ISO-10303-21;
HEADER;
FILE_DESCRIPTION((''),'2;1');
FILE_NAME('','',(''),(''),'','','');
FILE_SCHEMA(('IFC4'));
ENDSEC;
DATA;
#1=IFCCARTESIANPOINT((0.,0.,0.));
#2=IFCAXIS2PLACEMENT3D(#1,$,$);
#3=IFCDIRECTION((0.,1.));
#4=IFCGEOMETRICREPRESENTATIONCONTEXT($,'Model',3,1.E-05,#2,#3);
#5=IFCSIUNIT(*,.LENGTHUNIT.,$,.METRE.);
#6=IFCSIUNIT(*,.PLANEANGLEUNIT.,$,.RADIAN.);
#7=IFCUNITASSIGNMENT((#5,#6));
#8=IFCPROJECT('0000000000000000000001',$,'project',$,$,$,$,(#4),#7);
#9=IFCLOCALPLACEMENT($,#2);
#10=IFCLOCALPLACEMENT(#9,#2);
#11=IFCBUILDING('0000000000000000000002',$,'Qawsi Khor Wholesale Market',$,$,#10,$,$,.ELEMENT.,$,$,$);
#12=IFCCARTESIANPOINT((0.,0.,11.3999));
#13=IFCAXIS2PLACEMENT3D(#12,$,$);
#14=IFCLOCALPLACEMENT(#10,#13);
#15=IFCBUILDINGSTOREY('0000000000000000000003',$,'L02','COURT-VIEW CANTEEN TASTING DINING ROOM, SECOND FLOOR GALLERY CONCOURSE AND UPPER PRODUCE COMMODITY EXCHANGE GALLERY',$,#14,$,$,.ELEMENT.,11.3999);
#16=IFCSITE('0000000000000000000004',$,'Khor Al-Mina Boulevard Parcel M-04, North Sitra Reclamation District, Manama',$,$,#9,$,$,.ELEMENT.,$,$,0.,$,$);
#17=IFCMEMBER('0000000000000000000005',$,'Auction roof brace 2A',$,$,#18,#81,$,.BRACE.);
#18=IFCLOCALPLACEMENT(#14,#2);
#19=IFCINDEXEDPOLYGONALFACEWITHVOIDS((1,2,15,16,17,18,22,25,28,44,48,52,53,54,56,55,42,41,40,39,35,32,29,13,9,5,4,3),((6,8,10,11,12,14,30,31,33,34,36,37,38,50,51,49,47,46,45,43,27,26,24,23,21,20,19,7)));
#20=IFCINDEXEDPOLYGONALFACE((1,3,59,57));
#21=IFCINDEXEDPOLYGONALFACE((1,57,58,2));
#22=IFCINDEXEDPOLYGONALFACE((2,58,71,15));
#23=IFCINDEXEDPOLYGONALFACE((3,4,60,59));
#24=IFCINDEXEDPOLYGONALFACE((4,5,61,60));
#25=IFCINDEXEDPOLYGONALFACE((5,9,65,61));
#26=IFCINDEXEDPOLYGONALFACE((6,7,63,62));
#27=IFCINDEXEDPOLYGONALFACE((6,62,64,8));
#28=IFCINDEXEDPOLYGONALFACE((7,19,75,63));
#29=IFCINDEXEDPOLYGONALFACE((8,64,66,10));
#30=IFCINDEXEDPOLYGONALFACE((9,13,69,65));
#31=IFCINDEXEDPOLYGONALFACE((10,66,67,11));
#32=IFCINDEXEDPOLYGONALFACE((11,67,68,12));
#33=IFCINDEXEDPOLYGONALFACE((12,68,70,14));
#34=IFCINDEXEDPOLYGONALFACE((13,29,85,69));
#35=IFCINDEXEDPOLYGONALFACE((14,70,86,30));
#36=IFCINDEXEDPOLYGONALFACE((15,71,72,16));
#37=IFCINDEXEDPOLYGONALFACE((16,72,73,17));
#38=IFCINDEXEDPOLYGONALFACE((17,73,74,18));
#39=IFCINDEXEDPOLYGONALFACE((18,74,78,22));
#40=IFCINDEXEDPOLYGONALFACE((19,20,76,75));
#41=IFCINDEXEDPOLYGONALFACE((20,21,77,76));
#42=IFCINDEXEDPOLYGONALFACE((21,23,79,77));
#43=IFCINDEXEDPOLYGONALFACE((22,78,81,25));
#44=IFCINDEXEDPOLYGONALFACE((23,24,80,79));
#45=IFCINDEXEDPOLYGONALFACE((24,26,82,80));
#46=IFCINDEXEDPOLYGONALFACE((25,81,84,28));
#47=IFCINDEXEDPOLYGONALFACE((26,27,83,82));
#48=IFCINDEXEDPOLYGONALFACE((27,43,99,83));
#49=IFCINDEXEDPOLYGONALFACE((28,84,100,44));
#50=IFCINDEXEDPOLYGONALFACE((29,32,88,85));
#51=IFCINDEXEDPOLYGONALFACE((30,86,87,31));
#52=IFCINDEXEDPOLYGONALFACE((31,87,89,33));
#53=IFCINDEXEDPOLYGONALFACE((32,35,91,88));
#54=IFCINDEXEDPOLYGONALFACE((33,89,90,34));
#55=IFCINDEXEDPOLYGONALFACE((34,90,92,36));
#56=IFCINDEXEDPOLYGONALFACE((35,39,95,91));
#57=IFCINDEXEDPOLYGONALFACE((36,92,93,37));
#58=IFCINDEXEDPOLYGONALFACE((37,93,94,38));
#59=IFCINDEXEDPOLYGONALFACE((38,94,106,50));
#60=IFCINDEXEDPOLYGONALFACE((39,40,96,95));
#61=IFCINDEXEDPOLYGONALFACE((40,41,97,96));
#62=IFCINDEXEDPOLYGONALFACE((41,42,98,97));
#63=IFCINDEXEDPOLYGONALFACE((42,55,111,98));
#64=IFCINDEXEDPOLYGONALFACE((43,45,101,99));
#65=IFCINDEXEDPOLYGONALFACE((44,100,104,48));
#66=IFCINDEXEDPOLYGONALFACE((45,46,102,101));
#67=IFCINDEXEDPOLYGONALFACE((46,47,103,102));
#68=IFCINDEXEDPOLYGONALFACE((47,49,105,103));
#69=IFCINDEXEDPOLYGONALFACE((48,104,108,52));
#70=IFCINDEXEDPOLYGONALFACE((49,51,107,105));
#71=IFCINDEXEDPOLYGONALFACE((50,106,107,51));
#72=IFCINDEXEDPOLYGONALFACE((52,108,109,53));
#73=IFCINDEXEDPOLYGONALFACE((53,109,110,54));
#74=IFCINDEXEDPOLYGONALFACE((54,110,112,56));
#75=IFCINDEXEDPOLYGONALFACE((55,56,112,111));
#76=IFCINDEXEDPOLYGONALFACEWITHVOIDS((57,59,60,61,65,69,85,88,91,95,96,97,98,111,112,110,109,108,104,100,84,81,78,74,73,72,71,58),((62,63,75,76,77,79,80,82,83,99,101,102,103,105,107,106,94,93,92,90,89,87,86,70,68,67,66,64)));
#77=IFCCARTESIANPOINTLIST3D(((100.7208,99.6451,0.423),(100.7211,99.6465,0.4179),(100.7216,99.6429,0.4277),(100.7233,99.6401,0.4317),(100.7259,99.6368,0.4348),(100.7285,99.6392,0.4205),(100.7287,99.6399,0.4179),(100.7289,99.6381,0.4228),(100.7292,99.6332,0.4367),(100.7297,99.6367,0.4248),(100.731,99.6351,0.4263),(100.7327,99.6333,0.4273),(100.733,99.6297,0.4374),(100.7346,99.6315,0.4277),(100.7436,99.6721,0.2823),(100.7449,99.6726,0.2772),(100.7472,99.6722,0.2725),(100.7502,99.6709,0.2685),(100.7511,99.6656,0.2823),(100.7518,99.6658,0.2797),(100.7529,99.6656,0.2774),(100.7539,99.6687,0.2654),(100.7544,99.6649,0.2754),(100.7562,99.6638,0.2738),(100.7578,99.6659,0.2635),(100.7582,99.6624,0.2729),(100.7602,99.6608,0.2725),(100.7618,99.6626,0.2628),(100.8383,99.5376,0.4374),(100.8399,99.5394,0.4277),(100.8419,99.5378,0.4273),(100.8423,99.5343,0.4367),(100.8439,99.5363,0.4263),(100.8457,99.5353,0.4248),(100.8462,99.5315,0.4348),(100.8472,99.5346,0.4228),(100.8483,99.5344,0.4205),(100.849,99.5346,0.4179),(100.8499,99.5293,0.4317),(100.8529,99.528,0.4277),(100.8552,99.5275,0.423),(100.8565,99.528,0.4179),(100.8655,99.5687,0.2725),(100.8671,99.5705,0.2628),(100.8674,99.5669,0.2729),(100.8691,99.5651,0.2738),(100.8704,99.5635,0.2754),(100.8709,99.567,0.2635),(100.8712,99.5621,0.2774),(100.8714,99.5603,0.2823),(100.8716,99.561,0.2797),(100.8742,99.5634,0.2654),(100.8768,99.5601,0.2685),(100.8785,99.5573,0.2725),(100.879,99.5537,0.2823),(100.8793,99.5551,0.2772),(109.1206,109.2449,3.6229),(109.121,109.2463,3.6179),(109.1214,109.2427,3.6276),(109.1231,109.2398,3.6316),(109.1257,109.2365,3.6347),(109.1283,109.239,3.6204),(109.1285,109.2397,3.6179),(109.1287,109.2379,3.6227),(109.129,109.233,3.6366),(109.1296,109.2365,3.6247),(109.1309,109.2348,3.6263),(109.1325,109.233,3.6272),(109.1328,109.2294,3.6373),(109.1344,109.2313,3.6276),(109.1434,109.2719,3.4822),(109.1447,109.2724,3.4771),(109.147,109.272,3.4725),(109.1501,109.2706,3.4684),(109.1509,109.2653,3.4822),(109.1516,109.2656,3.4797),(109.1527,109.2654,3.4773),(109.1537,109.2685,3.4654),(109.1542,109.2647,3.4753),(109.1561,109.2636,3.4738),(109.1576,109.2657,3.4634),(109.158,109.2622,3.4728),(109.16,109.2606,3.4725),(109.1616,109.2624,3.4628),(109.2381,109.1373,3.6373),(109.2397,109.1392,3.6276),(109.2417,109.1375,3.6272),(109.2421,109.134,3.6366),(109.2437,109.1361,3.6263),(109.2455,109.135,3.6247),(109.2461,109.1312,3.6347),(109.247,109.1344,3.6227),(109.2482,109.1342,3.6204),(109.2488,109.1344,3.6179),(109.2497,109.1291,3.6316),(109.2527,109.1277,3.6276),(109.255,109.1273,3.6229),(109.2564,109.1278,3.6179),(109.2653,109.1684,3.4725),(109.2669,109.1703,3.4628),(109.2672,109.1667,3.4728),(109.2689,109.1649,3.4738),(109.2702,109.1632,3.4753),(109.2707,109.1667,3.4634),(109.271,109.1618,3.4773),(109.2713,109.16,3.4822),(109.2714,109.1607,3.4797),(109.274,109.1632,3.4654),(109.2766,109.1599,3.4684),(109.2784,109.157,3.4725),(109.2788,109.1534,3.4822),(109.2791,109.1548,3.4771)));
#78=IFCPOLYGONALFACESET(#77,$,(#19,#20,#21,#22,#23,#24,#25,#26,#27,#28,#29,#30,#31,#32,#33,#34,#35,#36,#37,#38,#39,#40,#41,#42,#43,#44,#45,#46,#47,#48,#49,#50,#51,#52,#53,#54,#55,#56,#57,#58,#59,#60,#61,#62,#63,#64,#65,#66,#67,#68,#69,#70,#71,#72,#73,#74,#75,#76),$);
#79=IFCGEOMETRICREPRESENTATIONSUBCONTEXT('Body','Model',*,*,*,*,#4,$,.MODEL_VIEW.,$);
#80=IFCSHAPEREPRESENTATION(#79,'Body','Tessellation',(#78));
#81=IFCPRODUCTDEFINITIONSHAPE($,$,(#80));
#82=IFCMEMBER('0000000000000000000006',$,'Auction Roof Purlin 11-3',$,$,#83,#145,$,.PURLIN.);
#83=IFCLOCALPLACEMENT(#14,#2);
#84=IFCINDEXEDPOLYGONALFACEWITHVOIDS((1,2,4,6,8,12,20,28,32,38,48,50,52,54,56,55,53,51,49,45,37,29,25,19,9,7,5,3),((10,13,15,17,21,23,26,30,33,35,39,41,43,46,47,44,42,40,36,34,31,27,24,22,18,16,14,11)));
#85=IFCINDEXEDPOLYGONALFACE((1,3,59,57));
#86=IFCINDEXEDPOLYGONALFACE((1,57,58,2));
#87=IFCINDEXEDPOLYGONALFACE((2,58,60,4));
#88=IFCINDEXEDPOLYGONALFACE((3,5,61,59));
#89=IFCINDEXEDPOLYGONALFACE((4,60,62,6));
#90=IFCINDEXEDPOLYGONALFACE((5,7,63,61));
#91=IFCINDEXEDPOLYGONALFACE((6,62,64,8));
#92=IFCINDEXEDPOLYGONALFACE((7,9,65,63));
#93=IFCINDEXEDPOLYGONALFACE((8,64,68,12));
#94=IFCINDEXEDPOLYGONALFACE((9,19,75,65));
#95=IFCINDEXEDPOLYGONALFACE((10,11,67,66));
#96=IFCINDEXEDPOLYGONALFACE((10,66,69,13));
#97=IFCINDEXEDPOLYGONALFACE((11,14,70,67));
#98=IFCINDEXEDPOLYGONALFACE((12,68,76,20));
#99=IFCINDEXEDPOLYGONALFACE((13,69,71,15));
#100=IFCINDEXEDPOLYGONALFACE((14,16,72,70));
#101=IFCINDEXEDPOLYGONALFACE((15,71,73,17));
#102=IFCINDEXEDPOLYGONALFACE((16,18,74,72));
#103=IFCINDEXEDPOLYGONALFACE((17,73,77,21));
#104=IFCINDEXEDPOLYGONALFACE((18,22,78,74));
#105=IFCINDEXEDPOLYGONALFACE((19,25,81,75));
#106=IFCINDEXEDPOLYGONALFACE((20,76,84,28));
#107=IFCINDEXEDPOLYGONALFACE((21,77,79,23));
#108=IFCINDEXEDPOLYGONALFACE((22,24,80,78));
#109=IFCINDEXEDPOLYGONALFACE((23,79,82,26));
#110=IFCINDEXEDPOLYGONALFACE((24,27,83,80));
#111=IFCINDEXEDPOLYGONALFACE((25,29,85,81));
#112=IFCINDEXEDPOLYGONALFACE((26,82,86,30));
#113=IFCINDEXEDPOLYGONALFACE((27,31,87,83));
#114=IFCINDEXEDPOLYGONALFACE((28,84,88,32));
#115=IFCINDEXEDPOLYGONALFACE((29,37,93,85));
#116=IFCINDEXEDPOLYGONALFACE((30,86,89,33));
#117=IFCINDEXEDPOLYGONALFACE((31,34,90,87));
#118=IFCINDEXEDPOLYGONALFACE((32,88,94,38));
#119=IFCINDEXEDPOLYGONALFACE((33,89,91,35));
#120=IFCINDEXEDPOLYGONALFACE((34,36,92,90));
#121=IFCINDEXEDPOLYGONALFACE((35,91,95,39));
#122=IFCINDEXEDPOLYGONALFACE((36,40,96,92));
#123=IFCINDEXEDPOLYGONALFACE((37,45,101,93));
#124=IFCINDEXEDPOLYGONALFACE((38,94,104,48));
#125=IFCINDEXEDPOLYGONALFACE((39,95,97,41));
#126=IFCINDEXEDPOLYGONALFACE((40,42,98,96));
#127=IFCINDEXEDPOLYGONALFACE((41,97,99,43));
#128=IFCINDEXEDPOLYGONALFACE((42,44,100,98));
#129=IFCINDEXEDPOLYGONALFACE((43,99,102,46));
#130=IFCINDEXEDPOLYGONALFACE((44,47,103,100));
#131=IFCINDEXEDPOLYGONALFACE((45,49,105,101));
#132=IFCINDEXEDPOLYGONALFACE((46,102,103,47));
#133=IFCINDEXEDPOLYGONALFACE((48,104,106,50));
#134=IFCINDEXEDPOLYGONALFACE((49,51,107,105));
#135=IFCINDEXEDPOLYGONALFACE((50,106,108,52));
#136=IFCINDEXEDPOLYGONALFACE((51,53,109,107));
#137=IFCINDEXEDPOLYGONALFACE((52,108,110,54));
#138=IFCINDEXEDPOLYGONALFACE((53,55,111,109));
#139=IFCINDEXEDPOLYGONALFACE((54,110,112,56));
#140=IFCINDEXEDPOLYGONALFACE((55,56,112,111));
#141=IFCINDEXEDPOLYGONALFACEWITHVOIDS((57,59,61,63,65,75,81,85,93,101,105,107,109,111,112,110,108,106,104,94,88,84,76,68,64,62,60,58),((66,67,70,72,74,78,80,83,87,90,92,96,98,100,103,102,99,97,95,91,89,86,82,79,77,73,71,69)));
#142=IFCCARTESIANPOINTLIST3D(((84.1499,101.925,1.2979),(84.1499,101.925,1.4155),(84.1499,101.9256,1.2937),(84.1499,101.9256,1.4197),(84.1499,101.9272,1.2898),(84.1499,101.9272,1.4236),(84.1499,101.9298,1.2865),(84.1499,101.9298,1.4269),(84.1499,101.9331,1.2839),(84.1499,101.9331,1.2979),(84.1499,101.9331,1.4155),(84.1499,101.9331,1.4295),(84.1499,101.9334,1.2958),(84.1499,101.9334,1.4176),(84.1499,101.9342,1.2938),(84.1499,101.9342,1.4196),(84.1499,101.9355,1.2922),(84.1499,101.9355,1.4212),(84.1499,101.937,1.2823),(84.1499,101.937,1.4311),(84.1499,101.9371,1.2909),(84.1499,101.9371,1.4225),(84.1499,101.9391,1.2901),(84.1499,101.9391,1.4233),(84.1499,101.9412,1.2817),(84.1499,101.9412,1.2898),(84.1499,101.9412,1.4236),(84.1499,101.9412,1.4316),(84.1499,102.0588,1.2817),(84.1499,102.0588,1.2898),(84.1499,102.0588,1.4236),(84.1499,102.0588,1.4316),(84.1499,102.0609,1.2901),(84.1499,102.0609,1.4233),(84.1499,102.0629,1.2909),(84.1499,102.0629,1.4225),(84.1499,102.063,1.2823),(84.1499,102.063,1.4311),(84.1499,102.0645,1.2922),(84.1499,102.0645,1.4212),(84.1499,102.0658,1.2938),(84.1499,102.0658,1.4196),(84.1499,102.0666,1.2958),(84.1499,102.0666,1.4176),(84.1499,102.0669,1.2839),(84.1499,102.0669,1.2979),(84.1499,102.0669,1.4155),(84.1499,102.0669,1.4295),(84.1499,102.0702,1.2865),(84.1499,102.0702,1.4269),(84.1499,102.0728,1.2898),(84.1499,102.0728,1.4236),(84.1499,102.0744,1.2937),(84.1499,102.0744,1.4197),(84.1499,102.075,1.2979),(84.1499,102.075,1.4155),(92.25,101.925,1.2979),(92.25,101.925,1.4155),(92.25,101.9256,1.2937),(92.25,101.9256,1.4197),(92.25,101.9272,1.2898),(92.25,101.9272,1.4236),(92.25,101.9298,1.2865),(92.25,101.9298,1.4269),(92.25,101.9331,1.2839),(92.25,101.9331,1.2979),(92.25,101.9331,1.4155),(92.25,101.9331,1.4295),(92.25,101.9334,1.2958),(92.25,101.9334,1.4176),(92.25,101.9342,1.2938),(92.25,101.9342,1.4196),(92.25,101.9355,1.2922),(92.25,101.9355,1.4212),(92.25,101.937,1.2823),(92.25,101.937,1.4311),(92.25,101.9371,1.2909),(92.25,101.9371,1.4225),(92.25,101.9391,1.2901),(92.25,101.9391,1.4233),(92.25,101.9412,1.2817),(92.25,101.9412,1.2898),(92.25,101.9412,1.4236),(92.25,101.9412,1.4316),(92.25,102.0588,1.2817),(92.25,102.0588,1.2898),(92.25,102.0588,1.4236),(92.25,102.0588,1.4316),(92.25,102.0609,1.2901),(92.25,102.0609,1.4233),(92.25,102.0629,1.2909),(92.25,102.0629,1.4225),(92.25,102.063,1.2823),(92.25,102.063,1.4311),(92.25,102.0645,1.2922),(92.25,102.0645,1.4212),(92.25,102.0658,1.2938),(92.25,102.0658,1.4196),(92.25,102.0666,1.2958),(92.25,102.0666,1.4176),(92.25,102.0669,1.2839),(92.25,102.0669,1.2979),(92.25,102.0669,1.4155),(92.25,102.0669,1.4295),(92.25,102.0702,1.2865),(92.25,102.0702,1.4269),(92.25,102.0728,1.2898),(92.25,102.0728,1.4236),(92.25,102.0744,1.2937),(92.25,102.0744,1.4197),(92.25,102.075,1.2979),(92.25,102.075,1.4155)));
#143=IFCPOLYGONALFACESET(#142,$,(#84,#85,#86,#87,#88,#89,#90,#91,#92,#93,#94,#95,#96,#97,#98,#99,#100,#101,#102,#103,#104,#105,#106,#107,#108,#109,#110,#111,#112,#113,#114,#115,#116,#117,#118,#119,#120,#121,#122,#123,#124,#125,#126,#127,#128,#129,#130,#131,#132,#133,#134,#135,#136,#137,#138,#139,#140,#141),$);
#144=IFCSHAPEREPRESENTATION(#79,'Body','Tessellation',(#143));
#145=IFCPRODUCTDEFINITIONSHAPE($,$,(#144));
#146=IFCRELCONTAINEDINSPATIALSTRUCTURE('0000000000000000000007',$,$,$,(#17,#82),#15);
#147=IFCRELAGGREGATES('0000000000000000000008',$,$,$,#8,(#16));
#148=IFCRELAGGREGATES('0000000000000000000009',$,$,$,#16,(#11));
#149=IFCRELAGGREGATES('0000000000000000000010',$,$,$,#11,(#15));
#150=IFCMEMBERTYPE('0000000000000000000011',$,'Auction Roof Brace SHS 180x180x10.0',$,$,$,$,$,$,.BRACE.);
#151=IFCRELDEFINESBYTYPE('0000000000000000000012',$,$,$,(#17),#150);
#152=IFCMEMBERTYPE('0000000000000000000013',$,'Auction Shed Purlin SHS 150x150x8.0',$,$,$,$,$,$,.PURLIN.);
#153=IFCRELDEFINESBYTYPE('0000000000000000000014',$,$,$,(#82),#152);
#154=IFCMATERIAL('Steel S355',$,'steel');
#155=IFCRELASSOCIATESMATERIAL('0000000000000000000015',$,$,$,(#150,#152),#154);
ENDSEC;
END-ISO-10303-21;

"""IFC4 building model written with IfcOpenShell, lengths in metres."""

from ifc_helpers import new_model, si_unit, direction, frame, origin, origin_2d, place, context, subcontext, project, spatial, hollow_rectangle, extrude, material, material_profile, profile_set, type_object, element, save


model = new_model("IFC4")

# Units and contexts
model_context = context("Model", 3, precision=1e-05, world=origin(), true_north=direction((0.0, 1.0)))
body_context = subcontext(model_context, "Body", "Model", "MODEL_VIEW")
ifc_project = project(units=[si_unit("LENGTHUNIT", "METRE"), si_unit("PLANEANGLEUNIT", "RADIAN")], contexts=[model_context])

# Site, building, storey
site_placement = place(None, origin())
site = spatial("IfcSite", under=ifc_project, at=site_placement, Name="Khor Al-Mina Boulevard Parcel M-04, North Sitra Reclamation District, Manama", CompositionType="ELEMENT", RefElevation=0.0)
building_placement = place(site_placement, origin())
building = spatial("IfcBuilding", under=site, at=building_placement, Name="Qawsi Khor Wholesale Market", CompositionType="ELEMENT")
storey_placement = place(building_placement, frame((0.0, 0.0, 11.3999)))
storey = spatial("IfcBuildingStorey", under=building, at=storey_placement, Name="L02", Description="COURT-VIEW CANTEEN TASTING DINING ROOM, SECOND FLOOR GALLERY CONCOURSE AND UPPER PRODUCE COMMODITY EXCHANGE GALLERY", CompositionType="ELEMENT", Elevation=11.3999)

# Members
ifc_material_1 = material(Name="Steel S355", Category="steel")
ifc_material_profile_1 = material_profile(ifc_material_1, hollow_rectangle(XDim=0.1799, YDim=0.1799, WallThickness=0.01, InnerFilletRadius=0.01, OuterFilletRadius=0.02, at=origin_2d()), Name="SHS 180x180x10.0")
ifc_profile_set_1 = profile_set([ifc_material_profile_1], Name="Steel S355")
member_type_1 = type_object("IfcMemberType", Name="Auction Roof Brace SHS 180x180x10.0", PredefinedType="BRACE", material=ifc_profile_set_1)
member_1_placement = place(storey_placement, frame((100.8, 99.6001, 0.3501), z_axis=(0.638715, 0.729958, 0.243319), x_axis=(-0.752576, 0.658506, 0.0)))
element("IfcMember", 1, at=member_1_placement, inside=storey, type_object=member_type_1, Name="Auction roof brace 2A", PredefinedType="BRACE", context=body_context, shape_type="SweptSolid", body=[
    extrude(hollow_rectangle(XDim=0.1799, YDim=0.1799, WallThickness=0.01, InnerFilletRadius=0.01, OuterFilletRadius=0.02, at=origin_2d()), origin(), (0.0, 0.0, 1.0), 13.1511),
])
ifc_material_profile_2 = material_profile(ifc_material_1, hollow_rectangle(XDim=0.1499, YDim=0.1499, WallThickness=0.0081, InnerFilletRadius=0.0081, OuterFilletRadius=0.0161, at=origin_2d()), Name="SHS 150x150x8.0")
ifc_profile_set_2 = profile_set([ifc_material_profile_2], Name="Steel S355")
member_type_2 = type_object("IfcMemberType", Name="Auction Shed Purlin SHS 150x150x8.0", PredefinedType="PURLIN", material=ifc_profile_set_2)
for number, where, z_axis, x_axis, name in (
    (2, (84.1499, 102.0, 1.3567), (1.0, 0.0, 0.0), (0.0, 1.0, 0.0), "Auction Roof Purlin 11-3"),
):
    element("IfcMember", number, at=place(storey_placement, frame(where, z_axis=z_axis, x_axis=x_axis)), inside=storey, type_object=member_type_2, Name=name, PredefinedType="PURLIN", context=body_context, shape_type="SweptSolid", body=[
        extrude(hollow_rectangle(XDim=0.1499, YDim=0.1499, WallThickness=0.0081, InnerFilletRadius=0.0081, OuterFilletRadius=0.0161, at=origin_2d()), origin(), (0.0, 0.0, 1.0), 8.1001),
    ])

save(model, "model.ifc")
